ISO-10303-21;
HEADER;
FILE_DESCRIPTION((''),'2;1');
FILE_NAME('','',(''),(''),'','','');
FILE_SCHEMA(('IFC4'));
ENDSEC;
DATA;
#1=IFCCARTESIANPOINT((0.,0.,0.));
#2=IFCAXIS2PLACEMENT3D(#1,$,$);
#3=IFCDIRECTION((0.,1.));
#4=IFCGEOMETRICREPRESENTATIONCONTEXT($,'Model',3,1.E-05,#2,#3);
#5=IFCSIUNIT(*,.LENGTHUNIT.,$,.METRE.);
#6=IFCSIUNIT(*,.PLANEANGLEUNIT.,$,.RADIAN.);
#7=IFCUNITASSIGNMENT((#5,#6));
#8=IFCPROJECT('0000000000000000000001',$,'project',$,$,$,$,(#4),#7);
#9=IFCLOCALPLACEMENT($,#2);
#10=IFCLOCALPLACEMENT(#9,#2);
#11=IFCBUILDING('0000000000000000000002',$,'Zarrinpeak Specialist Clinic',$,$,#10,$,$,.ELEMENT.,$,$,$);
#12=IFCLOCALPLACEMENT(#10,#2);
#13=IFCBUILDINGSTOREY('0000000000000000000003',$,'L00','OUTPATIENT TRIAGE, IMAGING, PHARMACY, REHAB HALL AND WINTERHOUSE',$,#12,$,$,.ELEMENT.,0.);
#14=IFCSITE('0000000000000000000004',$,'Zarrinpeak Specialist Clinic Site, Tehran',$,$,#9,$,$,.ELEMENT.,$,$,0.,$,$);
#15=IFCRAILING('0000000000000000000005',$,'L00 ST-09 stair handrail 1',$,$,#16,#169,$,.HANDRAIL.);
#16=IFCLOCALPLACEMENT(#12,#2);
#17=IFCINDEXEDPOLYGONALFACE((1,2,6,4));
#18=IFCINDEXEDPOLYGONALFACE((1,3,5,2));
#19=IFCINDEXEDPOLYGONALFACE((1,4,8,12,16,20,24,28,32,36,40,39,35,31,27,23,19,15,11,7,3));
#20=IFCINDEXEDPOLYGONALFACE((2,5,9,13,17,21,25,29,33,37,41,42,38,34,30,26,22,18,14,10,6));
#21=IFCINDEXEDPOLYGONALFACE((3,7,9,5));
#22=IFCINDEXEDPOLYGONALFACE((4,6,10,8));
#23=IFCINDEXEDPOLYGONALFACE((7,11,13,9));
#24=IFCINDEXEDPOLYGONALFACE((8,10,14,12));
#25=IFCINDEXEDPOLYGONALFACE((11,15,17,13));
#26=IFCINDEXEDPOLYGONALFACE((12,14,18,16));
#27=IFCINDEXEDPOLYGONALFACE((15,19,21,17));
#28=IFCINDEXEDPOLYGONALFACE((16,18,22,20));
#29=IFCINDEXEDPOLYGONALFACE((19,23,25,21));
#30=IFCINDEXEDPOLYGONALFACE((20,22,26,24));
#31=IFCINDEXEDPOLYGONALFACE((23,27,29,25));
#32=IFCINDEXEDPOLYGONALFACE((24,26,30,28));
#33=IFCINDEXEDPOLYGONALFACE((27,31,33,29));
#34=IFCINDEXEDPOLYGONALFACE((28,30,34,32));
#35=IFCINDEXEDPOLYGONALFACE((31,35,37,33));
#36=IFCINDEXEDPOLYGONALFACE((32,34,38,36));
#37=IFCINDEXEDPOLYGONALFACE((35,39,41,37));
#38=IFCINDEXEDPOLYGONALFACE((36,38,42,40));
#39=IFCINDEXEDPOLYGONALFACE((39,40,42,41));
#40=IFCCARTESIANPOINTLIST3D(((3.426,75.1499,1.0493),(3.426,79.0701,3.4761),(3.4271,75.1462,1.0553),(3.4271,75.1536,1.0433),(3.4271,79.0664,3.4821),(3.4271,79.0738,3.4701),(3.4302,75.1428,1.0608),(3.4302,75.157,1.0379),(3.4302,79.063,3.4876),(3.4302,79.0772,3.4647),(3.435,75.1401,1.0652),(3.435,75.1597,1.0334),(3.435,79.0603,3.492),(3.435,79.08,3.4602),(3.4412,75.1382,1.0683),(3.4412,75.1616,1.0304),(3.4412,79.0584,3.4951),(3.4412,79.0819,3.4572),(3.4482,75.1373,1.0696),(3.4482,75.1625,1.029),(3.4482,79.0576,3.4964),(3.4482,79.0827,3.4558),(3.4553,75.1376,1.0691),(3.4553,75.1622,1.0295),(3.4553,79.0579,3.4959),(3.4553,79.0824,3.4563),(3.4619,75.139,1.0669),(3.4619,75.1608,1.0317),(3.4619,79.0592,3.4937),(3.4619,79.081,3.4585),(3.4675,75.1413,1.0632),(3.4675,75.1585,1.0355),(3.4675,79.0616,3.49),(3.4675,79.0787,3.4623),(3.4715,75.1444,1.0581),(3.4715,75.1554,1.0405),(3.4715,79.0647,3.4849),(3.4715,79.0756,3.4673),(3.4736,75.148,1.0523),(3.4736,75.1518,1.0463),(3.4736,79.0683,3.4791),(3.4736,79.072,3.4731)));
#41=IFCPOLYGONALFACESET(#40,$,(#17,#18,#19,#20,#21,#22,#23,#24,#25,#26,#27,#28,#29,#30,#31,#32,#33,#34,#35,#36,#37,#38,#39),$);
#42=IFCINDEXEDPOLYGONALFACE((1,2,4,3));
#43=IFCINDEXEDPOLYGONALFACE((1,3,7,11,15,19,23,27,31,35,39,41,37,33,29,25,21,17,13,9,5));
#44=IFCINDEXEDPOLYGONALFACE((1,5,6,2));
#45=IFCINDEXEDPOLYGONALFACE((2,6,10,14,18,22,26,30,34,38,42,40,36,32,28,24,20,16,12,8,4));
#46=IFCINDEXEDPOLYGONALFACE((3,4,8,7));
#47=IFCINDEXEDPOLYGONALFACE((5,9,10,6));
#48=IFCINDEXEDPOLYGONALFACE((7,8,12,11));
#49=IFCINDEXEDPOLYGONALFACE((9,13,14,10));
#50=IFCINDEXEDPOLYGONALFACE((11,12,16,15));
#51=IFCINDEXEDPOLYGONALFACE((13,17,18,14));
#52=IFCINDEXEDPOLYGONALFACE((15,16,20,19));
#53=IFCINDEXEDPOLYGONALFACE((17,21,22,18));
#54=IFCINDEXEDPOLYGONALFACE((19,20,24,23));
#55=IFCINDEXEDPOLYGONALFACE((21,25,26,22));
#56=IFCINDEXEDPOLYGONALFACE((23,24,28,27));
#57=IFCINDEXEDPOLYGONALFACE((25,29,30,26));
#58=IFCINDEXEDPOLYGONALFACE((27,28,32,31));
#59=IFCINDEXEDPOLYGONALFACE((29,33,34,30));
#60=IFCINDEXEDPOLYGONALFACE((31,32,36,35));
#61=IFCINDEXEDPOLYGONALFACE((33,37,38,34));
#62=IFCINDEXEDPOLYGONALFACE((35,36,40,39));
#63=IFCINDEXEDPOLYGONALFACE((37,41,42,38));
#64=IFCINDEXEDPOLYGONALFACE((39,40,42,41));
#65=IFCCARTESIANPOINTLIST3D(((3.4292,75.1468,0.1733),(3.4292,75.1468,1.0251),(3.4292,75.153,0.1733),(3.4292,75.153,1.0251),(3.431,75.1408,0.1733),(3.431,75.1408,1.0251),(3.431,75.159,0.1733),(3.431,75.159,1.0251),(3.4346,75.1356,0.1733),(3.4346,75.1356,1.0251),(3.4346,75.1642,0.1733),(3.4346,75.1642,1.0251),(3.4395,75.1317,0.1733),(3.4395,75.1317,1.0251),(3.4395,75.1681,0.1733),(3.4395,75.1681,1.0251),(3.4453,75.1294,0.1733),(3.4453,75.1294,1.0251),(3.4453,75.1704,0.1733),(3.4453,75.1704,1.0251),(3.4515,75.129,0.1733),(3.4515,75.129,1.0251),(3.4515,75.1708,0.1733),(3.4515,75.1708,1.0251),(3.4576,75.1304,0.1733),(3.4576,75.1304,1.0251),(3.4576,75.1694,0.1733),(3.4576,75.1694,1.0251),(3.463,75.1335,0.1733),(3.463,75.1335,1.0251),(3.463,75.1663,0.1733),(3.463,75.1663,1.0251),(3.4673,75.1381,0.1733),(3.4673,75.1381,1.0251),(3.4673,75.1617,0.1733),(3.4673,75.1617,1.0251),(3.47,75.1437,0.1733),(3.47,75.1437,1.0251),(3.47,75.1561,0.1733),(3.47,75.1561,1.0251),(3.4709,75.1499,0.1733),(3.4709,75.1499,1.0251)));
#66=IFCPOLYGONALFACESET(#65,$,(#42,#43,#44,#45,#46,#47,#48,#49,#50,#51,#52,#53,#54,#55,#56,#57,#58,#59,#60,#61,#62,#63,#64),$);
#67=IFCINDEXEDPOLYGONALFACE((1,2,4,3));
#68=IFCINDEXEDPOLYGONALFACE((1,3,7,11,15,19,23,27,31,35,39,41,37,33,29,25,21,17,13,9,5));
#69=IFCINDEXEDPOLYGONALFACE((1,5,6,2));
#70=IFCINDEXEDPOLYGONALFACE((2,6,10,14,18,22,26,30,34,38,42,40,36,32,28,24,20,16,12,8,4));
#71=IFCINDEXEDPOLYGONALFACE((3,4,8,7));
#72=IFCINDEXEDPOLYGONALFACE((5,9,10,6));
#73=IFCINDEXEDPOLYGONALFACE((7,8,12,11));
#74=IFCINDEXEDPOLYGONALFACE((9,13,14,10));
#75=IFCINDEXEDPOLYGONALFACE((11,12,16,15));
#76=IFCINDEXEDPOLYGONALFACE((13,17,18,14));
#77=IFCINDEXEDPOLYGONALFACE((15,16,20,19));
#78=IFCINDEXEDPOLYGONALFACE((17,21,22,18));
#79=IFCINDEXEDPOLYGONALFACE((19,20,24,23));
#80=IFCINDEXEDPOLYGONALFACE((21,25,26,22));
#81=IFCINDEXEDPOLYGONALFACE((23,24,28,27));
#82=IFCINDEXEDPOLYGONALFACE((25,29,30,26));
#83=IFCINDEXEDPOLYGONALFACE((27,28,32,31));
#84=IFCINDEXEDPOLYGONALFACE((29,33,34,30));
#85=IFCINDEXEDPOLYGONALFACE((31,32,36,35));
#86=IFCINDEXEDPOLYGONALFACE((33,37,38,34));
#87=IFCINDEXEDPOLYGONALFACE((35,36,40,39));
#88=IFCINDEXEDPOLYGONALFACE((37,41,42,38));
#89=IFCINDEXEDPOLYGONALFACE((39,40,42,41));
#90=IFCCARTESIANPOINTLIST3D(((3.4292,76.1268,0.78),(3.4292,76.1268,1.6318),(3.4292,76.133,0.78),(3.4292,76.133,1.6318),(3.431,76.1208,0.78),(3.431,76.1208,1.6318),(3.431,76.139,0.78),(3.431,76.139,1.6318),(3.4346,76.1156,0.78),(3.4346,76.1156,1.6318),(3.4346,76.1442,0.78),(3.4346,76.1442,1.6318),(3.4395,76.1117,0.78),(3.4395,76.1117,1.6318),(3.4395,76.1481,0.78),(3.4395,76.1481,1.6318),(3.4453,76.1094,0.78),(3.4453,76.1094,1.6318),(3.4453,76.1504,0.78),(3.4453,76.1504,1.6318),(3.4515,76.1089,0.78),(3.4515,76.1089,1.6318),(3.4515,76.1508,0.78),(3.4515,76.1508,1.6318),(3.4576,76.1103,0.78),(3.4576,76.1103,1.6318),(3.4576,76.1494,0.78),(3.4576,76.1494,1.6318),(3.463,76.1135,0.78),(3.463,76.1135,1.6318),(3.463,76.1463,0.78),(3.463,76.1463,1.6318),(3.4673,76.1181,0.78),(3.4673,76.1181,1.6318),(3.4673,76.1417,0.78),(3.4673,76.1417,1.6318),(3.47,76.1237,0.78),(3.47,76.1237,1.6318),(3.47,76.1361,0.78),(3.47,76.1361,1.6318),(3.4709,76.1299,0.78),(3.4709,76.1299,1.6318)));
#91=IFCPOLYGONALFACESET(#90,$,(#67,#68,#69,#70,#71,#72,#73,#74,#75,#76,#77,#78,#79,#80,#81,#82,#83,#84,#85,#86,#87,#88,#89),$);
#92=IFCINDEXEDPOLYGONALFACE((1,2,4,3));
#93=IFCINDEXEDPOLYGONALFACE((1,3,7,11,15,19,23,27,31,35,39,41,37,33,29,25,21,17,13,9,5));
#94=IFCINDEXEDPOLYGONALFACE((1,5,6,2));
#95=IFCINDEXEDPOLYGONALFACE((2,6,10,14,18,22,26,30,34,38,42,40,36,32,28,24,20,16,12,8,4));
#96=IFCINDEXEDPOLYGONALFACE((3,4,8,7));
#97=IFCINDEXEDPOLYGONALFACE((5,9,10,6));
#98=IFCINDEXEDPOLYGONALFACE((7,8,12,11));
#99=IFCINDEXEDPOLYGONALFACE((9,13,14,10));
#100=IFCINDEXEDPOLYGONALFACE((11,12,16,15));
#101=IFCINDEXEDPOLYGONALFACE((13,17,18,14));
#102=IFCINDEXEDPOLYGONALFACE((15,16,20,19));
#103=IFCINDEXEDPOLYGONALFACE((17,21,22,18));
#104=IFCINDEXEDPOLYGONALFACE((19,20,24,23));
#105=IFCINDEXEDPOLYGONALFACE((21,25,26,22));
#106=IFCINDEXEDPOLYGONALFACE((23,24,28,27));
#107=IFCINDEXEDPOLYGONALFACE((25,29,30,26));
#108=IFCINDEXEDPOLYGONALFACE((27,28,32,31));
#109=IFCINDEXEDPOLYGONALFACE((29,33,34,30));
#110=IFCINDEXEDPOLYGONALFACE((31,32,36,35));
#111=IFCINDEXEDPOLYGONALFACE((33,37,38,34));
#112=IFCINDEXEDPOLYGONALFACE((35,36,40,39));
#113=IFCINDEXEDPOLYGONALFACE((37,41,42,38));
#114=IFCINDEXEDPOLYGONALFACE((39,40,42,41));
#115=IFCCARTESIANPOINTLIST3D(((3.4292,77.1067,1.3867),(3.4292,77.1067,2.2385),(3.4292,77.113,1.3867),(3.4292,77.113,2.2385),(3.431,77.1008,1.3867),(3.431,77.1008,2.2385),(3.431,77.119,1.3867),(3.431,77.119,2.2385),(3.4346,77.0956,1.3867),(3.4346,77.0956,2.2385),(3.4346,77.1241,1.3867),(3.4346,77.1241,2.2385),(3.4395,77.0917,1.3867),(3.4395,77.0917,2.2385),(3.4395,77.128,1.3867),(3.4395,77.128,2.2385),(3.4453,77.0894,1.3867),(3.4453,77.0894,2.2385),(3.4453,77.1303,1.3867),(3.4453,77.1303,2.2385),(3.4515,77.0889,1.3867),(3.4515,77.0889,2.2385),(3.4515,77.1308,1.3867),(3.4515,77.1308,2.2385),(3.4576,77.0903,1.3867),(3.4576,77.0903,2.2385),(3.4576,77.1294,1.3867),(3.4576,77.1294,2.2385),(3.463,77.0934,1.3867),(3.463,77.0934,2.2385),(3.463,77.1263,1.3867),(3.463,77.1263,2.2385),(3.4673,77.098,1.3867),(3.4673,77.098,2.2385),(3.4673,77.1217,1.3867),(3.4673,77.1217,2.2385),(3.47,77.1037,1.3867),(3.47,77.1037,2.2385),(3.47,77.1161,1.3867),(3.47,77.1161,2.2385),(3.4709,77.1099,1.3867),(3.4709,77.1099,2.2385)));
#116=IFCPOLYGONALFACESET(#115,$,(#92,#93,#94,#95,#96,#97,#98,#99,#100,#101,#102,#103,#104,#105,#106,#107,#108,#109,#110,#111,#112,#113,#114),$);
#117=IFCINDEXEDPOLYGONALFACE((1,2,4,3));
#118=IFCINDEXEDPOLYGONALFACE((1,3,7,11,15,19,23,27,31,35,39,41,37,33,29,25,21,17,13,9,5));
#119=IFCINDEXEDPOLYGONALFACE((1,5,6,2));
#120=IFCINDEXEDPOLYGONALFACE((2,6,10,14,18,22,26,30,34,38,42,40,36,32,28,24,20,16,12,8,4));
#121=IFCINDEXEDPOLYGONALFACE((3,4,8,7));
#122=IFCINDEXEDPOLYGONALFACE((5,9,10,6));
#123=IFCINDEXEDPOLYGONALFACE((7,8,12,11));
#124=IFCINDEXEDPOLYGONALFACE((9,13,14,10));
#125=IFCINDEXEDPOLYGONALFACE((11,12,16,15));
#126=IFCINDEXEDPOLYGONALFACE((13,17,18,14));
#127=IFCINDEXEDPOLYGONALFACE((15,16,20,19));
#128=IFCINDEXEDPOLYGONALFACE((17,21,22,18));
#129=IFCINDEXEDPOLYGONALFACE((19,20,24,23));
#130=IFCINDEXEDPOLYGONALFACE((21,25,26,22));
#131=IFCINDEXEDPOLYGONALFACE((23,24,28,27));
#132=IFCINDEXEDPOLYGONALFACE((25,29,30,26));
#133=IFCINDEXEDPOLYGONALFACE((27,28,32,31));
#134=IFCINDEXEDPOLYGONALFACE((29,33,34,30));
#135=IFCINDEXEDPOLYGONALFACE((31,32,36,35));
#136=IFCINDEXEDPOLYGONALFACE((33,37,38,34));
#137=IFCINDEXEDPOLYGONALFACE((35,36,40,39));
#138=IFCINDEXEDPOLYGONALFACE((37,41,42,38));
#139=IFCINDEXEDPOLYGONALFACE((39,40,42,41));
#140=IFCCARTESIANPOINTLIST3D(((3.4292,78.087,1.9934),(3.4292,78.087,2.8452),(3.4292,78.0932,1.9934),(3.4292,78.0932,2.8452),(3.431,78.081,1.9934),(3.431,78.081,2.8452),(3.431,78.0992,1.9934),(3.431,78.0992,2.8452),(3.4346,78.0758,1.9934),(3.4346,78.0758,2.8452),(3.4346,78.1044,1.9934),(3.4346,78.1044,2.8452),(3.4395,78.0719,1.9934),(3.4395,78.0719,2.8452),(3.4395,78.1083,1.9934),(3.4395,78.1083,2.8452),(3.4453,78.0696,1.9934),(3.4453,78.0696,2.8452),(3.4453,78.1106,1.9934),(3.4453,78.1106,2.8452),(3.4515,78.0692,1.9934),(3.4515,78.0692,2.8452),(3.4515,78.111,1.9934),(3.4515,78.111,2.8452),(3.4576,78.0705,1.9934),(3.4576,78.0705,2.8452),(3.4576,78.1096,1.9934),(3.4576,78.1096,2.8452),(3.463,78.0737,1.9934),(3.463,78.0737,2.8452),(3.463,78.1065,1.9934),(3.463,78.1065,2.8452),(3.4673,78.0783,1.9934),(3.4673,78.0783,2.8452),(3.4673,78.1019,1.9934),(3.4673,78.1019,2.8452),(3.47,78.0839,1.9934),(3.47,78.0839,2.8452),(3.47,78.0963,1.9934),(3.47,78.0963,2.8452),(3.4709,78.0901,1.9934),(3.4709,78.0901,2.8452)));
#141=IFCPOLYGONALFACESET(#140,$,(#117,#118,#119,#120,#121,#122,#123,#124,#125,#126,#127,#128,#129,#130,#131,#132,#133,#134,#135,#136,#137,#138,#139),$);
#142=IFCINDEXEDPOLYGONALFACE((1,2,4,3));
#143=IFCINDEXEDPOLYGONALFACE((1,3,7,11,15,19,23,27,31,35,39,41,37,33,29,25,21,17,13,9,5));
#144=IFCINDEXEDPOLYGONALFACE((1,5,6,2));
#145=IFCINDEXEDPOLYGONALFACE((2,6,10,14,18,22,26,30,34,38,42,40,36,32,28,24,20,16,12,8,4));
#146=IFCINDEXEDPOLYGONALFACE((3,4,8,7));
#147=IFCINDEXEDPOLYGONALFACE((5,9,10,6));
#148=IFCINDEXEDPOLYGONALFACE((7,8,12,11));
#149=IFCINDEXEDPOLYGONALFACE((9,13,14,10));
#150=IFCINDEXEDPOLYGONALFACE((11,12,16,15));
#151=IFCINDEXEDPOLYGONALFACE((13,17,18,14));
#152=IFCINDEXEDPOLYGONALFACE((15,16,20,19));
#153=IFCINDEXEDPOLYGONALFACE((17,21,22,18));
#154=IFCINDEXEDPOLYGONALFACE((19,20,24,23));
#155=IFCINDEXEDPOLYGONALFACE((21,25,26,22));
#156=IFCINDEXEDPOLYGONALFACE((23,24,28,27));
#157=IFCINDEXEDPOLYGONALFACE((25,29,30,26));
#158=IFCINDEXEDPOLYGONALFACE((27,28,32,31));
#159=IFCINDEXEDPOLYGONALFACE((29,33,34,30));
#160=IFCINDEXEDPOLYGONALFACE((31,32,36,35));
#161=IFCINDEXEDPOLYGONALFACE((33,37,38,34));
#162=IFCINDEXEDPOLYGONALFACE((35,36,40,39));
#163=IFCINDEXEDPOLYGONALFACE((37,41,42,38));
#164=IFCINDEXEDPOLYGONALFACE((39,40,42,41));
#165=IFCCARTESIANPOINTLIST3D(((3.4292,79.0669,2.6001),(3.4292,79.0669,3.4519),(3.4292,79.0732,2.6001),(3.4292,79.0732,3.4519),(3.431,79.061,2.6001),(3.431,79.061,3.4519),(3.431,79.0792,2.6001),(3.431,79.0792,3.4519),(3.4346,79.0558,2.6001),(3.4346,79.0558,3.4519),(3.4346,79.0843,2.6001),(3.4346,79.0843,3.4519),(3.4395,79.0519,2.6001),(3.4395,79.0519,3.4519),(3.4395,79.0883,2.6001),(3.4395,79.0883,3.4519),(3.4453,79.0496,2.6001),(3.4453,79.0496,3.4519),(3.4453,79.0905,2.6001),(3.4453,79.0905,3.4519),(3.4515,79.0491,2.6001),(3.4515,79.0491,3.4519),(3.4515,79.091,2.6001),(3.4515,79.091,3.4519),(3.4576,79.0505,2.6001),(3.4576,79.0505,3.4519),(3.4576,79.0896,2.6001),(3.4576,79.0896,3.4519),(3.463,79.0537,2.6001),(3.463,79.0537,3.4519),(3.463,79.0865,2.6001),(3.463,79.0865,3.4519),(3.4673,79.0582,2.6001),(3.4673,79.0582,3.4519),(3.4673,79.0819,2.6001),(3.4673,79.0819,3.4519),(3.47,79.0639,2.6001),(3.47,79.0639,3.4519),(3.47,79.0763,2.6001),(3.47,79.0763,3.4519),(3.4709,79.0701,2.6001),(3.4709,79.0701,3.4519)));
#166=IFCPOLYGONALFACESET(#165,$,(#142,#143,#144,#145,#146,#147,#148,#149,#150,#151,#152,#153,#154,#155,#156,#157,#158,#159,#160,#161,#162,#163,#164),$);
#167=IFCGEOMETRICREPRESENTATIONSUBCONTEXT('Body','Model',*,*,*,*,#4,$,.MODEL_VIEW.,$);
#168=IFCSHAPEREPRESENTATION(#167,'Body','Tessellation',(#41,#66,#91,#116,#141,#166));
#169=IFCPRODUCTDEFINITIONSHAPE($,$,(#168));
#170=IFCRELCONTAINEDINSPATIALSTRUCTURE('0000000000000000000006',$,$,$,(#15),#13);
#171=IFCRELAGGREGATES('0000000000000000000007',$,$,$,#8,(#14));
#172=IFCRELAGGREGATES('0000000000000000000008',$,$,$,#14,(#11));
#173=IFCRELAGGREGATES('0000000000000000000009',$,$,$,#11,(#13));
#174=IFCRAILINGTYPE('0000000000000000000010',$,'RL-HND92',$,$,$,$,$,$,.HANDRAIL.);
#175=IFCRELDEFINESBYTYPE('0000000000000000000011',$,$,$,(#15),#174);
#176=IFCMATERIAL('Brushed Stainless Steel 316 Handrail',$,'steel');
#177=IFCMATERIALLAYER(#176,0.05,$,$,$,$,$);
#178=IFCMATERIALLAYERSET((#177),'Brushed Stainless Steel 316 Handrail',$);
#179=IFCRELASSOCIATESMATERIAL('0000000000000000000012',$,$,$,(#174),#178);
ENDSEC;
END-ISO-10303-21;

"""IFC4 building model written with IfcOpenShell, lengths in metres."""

from ifc_helpers import new_model, si_unit, direction, frame, origin, origin_2d, place, context, subcontext, project, spatial, circle, extrude, material, layer, layer_set, type_object, element, save


model = new_model("IFC4")

# Units and contexts
model_context = context("Model", 3, precision=1e-05, world=origin(), true_north=direction((0.0, 1.0)))
body_context = subcontext(model_context, "Body", "Model", "MODEL_VIEW")
ifc_project = project(units=[si_unit("LENGTHUNIT", "METRE"), si_unit("PLANEANGLEUNIT", "RADIAN")], contexts=[model_context])

# Site, building, storey
site_placement = place(None, origin())
site = spatial("IfcSite", under=ifc_project, at=site_placement, Name="Zarrinpeak Specialist Clinic Site, Tehran", CompositionType="ELEMENT", RefElevation=0.0)
building_placement = place(site_placement, origin())
building = spatial("IfcBuilding", under=site, at=building_placement, Name="Zarrinpeak Specialist Clinic", CompositionType="ELEMENT")
storey_placement = place(building_placement, origin())
storey = spatial("IfcBuildingStorey", under=building, at=storey_placement, Name="L00", Description="OUTPATIENT TRIAGE, IMAGING, PHARMACY, REHAB HALL AND WINTERHOUSE", CompositionType="ELEMENT", Elevation=0.0)

# Railing
ifc_material_1 = material(Name="Brushed Stainless Steel 316 Handrail", Category="steel")
ifc_layer_1 = layer(ifc_material_1, 0.05)
ifc_layer_set_1 = layer_set([ifc_layer_1], Name="Brushed Stainless Steel 316 Handrail")
railing_type_1 = type_object("IfcRailingType", Name="RL-HND92", PredefinedType="HANDRAIL", material=ifc_layer_set_1)
railing_1_placement = place(storey_placement, frame((3.45, 75.1499, 0.1733)))
element("IfcRailing", 1, at=railing_1_placement, inside=storey, type_object=railing_type_1, Name="L00 ST-09 stair handrail 1", PredefinedType="HANDRAIL", context=body_context, shape_type="SweptSolid", body=[
    extrude(circle(Radius=0.0239, at=origin_2d()), frame((0.0, 0.0, 0.876), z_axis=(0.0, 0.850266, 0.526353), x_axis=(-1.0, 0.0, 0.0)), (0.0, 0.0, 1.0), 4.6106),
    extrude(circle(Radius=0.021, at=origin_2d()), origin(), (0.0, 0.0, 1.0), 0.8518),
    extrude(circle(Radius=0.021, at=origin_2d()), frame((0.0, 0.98, 0.6067)), (0.0, 0.0, 1.0), 0.8518),
    extrude(circle(Radius=0.021, at=origin_2d()), frame((0.0, 1.96, 1.2134)), (0.0, 0.0, 1.0), 0.8518),
    extrude(circle(Radius=0.021, at=origin_2d()), frame((0.0, 2.9402, 1.8201)), (0.0, 0.0, 1.0), 0.8518),
    extrude(circle(Radius=0.021, at=origin_2d()), frame((0.0, 3.9202, 2.4268)), (0.0, 0.0, 1.0), 0.8518),
])

save(model, "model.ifc")
